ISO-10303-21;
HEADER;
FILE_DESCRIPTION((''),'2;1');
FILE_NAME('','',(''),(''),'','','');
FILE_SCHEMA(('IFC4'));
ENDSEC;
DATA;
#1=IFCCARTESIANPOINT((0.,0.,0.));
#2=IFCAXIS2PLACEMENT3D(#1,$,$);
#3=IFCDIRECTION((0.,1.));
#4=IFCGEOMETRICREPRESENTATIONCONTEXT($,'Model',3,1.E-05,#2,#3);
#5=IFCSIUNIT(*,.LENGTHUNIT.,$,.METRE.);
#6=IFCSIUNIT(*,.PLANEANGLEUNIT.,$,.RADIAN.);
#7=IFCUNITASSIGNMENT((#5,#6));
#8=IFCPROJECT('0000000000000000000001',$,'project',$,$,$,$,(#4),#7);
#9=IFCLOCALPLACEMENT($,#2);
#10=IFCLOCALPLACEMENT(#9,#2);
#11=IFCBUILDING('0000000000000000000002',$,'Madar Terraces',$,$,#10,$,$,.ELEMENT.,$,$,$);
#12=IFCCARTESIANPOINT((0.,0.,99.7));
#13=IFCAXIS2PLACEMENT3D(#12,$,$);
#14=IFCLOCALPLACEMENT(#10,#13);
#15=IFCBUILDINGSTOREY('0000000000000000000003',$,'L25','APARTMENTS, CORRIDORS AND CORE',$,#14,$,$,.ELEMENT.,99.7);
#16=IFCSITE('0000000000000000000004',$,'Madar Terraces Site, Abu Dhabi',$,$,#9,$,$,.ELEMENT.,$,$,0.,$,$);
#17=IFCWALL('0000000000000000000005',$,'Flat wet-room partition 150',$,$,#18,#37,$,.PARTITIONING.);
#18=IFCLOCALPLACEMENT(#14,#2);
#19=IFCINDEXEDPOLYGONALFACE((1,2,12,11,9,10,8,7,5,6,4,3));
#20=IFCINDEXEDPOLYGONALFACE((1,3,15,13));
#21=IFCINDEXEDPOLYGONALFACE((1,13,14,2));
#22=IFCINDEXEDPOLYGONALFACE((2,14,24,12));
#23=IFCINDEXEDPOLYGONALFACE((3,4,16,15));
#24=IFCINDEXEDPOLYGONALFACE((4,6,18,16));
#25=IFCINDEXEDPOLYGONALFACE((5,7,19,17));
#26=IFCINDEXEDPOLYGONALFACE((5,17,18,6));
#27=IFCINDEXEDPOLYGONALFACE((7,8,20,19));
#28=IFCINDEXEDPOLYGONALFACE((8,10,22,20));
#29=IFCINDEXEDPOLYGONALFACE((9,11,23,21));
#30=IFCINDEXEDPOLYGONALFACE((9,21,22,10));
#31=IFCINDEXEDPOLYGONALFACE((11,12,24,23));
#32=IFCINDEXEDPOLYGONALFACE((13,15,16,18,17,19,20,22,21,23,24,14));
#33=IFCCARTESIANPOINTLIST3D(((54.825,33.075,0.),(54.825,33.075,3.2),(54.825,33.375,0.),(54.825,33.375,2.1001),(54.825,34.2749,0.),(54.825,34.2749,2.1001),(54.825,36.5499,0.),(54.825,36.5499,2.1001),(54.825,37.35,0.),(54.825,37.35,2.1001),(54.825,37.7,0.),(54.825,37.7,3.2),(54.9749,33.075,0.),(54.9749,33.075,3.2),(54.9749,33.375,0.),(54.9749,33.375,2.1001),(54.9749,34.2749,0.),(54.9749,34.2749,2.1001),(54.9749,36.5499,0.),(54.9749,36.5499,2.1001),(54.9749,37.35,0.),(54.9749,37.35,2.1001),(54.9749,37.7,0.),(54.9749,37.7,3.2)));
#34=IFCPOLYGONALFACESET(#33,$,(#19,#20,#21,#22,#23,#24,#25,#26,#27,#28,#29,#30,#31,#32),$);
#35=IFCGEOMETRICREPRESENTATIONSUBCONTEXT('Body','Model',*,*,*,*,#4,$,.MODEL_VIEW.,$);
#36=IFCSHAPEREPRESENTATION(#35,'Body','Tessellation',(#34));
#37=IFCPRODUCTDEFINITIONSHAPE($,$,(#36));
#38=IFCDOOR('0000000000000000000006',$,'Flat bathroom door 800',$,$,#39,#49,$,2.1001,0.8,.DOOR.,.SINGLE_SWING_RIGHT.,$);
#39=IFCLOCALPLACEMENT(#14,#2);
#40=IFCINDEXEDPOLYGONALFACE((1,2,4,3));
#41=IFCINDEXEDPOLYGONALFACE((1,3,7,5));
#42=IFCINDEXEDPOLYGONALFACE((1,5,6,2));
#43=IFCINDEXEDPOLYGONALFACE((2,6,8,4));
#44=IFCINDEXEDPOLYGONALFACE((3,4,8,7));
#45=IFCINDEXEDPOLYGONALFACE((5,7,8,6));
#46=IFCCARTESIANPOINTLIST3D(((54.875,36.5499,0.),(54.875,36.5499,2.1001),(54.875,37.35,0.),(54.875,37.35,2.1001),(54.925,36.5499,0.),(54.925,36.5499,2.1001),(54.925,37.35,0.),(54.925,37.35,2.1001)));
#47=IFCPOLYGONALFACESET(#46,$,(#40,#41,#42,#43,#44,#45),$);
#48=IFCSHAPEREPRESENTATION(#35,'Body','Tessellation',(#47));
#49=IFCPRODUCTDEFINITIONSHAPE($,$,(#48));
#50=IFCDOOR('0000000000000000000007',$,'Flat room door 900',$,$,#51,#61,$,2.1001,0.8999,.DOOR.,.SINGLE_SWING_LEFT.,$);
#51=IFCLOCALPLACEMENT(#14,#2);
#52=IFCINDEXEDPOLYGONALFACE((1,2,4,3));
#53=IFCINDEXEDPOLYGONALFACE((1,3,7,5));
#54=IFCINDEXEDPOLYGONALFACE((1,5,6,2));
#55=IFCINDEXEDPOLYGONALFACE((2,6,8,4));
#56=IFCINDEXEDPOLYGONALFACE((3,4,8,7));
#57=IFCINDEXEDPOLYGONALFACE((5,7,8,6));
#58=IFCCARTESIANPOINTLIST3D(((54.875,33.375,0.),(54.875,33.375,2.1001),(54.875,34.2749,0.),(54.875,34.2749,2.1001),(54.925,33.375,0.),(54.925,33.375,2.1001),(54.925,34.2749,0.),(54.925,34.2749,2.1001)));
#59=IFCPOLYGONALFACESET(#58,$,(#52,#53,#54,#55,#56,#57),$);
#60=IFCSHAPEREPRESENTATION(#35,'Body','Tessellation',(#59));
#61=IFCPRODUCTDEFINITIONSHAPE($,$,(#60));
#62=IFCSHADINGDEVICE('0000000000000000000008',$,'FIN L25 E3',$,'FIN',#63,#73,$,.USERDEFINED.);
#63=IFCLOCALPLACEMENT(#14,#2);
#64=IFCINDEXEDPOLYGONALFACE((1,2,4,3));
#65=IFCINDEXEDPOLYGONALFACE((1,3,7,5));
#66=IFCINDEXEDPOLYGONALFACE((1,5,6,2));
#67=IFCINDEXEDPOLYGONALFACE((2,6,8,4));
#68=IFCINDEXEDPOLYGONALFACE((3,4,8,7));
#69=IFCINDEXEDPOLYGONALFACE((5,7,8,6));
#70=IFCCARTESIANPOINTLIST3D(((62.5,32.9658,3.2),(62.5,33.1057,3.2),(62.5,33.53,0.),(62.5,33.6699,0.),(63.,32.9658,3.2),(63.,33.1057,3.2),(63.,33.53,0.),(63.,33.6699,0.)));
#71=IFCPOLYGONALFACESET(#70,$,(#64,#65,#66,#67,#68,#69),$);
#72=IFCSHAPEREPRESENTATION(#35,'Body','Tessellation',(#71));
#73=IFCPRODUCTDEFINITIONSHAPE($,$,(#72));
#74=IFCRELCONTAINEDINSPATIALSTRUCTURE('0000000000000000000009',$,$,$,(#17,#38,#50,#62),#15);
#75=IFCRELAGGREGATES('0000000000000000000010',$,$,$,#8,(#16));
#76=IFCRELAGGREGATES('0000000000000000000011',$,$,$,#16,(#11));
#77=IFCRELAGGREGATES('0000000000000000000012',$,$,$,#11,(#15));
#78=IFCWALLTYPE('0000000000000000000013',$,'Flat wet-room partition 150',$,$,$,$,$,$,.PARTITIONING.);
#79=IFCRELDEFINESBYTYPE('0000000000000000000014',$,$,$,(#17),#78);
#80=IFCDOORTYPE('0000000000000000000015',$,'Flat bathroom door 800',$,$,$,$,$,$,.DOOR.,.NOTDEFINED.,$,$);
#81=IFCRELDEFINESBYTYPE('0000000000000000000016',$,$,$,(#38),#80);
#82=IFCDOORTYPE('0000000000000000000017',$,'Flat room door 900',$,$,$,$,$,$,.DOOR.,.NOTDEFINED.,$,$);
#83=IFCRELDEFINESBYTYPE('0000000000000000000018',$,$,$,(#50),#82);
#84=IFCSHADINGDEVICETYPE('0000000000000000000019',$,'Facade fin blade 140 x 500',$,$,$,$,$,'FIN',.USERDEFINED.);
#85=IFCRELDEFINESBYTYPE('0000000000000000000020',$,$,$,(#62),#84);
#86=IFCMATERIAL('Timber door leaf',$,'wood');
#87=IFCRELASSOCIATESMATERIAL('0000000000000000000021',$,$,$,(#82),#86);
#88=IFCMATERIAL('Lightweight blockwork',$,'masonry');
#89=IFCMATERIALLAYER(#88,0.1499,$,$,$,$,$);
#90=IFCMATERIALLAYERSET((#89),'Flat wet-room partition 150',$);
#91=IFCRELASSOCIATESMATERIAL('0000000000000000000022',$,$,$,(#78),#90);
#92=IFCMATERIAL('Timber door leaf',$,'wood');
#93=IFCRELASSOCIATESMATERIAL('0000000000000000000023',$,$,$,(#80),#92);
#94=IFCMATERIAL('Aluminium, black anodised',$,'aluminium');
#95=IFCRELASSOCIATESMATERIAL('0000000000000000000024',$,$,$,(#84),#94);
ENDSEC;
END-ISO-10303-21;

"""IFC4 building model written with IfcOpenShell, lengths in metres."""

from ifc_helpers import new_model, si_unit, direction, frame, frame_2d, origin, place, context, subcontext, project, spatial, polyline, rectangle, outline, extrude, material, layer, layer_set, type_object, element, fill, save


model = new_model("IFC4")

# Units and contexts
model_context = context("Model", 3, precision=1e-05, world=origin(), true_north=direction((0.0, 1.0)))
body_context = subcontext(model_context, "Body", "Model", "MODEL_VIEW")
ifc_project = project(units=[si_unit("LENGTHUNIT", "METRE"), si_unit("PLANEANGLEUNIT", "RADIAN")], contexts=[model_context])

# Site, building, storey
site_placement = place(None, origin())
site = spatial("IfcSite", under=ifc_project, at=site_placement, Name="Madar Terraces Site, Abu Dhabi", CompositionType="ELEMENT", RefElevation=0.0)
building_placement = place(site_placement, origin())
building = spatial("IfcBuilding", under=site, at=building_placement, Name="Madar Terraces", CompositionType="ELEMENT")
storey_placement = place(building_placement, frame((0.0, 0.0, 99.7)))
storey = spatial("IfcBuildingStorey", under=building, at=storey_placement, Name="L25", Description="APARTMENTS, CORRIDORS AND CORE", CompositionType="ELEMENT", Elevation=99.7)

# Shared definitions
ifc_material_1 = material(Name="Timber door leaf", Category="wood")
door_type_1 = type_object("IfcDoorType", Name="Flat room door 900", OperationType="NOTDEFINED", PredefinedType="DOOR", material=ifc_material_1)

# Shared definitions
ifc_material_2 = material(Name="Lightweight blockwork", Category="masonry")
ifc_layer_1 = layer(ifc_material_2, 0.1499)
ifc_layer_set_1 = layer_set([ifc_layer_1], Name="Flat wet-room partition 150")
wall_type_1 = type_object("IfcWallType", Name="Flat wet-room partition 150", PredefinedType="PARTITIONING", material=ifc_layer_set_1)

# Wall, openings, doors
wall_1_placement = place(storey_placement, frame((54.8999, 33.075, 0.0), z_axis=(0.0, 0.0, 1.0), x_axis=(0.0, 1.0, 0.0)))
wall_1 = element("IfcWall", 1, at=wall_1_placement, inside=storey, type_object=wall_type_1, Name="Flat wet-room partition 150", PredefinedType="PARTITIONING", context=body_context, shape_type="SweptSolid", body=[
    extrude(rectangle(XDim=4.625, YDim=0.1499, at=frame_2d((2.3125, 0.0))), origin(), (0.0, 0.0, 1.0), 3.2),
])
opening_1_placement = place(wall_1_placement, frame((0.3, 0.0, 0.0)))
opening_1 = element("IfcOpeningElement", 2, at=opening_1_placement, cuts=wall_1, PredefinedType="OPENING", context=body_context, shape_type="SweptSolid", body=[
    extrude(rectangle(XDim=0.8999, YDim=2.1001, at=frame_2d((0.45, 1.05))), frame((0.0, 0.085, 0.0), z_axis=(0.0, -1.0, 0.0), x_axis=(1.0, 0.0, 0.0)), (0.0, 0.0, 1.0), 0.1699),
])
opening_2_placement = place(wall_1_placement, frame((3.4751, 0.0, 0.0)))
opening_2 = element("IfcOpeningElement", 3, at=opening_2_placement, cuts=wall_1, PredefinedType="OPENING", context=body_context, shape_type="SweptSolid", body=[
    extrude(rectangle(XDim=0.8, YDim=2.1001, at=frame_2d((0.3999, 1.05))), frame((0.0, 0.085, 0.0), z_axis=(0.0, -1.0, 0.0), x_axis=(1.0, 0.0, 0.0)), (0.0, 0.0, 1.0), 0.1699),
])
ifc_material_3 = material(Name="Timber door leaf", Category="wood")
door_type_2 = type_object("IfcDoorType", Name="Flat bathroom door 800", OperationType="NOTDEFINED", PredefinedType="DOOR", material=ifc_material_3)
door_1_placement = place(opening_2_placement, origin())
door_1 = element("IfcDoor", 4, at=door_1_placement, inside=storey, type_object=door_type_2, Name="Flat bathroom door 800", OperationType="SINGLE_SWING_RIGHT", OverallHeight=2.1001, OverallWidth=0.8, PredefinedType="DOOR", context=body_context, shape_type="SweptSolid", body=[
    extrude(rectangle(XDim=0.8, YDim=2.1001, at=frame_2d((0.3999, 1.05))), frame((0.0, 0.0249, 0.0), z_axis=(0.0, -1.0, 0.0), x_axis=(1.0, 0.0, 0.0)), (0.0, 0.0, 1.0), 0.05),
])
fill(opening_2, door_1)
door_2_placement = place(opening_1_placement, origin())
door_2 = element("IfcDoor", 5, at=door_2_placement, inside=storey, type_object=door_type_1, Name="Flat room door 900", OperationType="SINGLE_SWING_LEFT", OverallHeight=2.1001, OverallWidth=0.8999, PredefinedType="DOOR", context=body_context, shape_type="SweptSolid", body=[
    extrude(rectangle(XDim=0.8999, YDim=2.1001, at=frame_2d((0.45, 1.05))), frame((0.0, 0.0249, 0.0), z_axis=(0.0, -1.0, 0.0), x_axis=(1.0, 0.0, 0.0)), (0.0, 0.0, 1.0), 0.05),
])
fill(opening_1, door_2)

# Shading device
ifc_material_4 = material(Name="Aluminium, black anodised", Category="aluminium")
shading_device_type = type_object("IfcShadingDeviceType", Name="Facade fin blade 140 x 500", ElementType="FIN", PredefinedType="USERDEFINED", material=ifc_material_4)
shading_device_placement = place(storey_placement, frame((62.75, 33.53, 0.0), z_axis=(0.0, 0.0, 1.0), x_axis=(0.0, 1.0, 0.0)))
element("IfcShadingDevice", 6, at=shading_device_placement, inside=storey, type_object=shading_device_type, Name="FIN L25 E3", ObjectType="FIN", PredefinedType="USERDEFINED", context=body_context, shape_type="SweptSolid", body=[
    extrude(outline(polyline([(0.0, 0.0), (0.1399, 0.0), (-0.4243, 3.2), (-0.5642, 3.2), (0.0, 0.0)])), frame((0.0, 0.25, 0.0), z_axis=(0.0, -1.0, 0.0), x_axis=(1.0, 0.0, 0.0)), (0.0, 0.0, 1.0), 0.5),
])

save(model, "model.ifc")
